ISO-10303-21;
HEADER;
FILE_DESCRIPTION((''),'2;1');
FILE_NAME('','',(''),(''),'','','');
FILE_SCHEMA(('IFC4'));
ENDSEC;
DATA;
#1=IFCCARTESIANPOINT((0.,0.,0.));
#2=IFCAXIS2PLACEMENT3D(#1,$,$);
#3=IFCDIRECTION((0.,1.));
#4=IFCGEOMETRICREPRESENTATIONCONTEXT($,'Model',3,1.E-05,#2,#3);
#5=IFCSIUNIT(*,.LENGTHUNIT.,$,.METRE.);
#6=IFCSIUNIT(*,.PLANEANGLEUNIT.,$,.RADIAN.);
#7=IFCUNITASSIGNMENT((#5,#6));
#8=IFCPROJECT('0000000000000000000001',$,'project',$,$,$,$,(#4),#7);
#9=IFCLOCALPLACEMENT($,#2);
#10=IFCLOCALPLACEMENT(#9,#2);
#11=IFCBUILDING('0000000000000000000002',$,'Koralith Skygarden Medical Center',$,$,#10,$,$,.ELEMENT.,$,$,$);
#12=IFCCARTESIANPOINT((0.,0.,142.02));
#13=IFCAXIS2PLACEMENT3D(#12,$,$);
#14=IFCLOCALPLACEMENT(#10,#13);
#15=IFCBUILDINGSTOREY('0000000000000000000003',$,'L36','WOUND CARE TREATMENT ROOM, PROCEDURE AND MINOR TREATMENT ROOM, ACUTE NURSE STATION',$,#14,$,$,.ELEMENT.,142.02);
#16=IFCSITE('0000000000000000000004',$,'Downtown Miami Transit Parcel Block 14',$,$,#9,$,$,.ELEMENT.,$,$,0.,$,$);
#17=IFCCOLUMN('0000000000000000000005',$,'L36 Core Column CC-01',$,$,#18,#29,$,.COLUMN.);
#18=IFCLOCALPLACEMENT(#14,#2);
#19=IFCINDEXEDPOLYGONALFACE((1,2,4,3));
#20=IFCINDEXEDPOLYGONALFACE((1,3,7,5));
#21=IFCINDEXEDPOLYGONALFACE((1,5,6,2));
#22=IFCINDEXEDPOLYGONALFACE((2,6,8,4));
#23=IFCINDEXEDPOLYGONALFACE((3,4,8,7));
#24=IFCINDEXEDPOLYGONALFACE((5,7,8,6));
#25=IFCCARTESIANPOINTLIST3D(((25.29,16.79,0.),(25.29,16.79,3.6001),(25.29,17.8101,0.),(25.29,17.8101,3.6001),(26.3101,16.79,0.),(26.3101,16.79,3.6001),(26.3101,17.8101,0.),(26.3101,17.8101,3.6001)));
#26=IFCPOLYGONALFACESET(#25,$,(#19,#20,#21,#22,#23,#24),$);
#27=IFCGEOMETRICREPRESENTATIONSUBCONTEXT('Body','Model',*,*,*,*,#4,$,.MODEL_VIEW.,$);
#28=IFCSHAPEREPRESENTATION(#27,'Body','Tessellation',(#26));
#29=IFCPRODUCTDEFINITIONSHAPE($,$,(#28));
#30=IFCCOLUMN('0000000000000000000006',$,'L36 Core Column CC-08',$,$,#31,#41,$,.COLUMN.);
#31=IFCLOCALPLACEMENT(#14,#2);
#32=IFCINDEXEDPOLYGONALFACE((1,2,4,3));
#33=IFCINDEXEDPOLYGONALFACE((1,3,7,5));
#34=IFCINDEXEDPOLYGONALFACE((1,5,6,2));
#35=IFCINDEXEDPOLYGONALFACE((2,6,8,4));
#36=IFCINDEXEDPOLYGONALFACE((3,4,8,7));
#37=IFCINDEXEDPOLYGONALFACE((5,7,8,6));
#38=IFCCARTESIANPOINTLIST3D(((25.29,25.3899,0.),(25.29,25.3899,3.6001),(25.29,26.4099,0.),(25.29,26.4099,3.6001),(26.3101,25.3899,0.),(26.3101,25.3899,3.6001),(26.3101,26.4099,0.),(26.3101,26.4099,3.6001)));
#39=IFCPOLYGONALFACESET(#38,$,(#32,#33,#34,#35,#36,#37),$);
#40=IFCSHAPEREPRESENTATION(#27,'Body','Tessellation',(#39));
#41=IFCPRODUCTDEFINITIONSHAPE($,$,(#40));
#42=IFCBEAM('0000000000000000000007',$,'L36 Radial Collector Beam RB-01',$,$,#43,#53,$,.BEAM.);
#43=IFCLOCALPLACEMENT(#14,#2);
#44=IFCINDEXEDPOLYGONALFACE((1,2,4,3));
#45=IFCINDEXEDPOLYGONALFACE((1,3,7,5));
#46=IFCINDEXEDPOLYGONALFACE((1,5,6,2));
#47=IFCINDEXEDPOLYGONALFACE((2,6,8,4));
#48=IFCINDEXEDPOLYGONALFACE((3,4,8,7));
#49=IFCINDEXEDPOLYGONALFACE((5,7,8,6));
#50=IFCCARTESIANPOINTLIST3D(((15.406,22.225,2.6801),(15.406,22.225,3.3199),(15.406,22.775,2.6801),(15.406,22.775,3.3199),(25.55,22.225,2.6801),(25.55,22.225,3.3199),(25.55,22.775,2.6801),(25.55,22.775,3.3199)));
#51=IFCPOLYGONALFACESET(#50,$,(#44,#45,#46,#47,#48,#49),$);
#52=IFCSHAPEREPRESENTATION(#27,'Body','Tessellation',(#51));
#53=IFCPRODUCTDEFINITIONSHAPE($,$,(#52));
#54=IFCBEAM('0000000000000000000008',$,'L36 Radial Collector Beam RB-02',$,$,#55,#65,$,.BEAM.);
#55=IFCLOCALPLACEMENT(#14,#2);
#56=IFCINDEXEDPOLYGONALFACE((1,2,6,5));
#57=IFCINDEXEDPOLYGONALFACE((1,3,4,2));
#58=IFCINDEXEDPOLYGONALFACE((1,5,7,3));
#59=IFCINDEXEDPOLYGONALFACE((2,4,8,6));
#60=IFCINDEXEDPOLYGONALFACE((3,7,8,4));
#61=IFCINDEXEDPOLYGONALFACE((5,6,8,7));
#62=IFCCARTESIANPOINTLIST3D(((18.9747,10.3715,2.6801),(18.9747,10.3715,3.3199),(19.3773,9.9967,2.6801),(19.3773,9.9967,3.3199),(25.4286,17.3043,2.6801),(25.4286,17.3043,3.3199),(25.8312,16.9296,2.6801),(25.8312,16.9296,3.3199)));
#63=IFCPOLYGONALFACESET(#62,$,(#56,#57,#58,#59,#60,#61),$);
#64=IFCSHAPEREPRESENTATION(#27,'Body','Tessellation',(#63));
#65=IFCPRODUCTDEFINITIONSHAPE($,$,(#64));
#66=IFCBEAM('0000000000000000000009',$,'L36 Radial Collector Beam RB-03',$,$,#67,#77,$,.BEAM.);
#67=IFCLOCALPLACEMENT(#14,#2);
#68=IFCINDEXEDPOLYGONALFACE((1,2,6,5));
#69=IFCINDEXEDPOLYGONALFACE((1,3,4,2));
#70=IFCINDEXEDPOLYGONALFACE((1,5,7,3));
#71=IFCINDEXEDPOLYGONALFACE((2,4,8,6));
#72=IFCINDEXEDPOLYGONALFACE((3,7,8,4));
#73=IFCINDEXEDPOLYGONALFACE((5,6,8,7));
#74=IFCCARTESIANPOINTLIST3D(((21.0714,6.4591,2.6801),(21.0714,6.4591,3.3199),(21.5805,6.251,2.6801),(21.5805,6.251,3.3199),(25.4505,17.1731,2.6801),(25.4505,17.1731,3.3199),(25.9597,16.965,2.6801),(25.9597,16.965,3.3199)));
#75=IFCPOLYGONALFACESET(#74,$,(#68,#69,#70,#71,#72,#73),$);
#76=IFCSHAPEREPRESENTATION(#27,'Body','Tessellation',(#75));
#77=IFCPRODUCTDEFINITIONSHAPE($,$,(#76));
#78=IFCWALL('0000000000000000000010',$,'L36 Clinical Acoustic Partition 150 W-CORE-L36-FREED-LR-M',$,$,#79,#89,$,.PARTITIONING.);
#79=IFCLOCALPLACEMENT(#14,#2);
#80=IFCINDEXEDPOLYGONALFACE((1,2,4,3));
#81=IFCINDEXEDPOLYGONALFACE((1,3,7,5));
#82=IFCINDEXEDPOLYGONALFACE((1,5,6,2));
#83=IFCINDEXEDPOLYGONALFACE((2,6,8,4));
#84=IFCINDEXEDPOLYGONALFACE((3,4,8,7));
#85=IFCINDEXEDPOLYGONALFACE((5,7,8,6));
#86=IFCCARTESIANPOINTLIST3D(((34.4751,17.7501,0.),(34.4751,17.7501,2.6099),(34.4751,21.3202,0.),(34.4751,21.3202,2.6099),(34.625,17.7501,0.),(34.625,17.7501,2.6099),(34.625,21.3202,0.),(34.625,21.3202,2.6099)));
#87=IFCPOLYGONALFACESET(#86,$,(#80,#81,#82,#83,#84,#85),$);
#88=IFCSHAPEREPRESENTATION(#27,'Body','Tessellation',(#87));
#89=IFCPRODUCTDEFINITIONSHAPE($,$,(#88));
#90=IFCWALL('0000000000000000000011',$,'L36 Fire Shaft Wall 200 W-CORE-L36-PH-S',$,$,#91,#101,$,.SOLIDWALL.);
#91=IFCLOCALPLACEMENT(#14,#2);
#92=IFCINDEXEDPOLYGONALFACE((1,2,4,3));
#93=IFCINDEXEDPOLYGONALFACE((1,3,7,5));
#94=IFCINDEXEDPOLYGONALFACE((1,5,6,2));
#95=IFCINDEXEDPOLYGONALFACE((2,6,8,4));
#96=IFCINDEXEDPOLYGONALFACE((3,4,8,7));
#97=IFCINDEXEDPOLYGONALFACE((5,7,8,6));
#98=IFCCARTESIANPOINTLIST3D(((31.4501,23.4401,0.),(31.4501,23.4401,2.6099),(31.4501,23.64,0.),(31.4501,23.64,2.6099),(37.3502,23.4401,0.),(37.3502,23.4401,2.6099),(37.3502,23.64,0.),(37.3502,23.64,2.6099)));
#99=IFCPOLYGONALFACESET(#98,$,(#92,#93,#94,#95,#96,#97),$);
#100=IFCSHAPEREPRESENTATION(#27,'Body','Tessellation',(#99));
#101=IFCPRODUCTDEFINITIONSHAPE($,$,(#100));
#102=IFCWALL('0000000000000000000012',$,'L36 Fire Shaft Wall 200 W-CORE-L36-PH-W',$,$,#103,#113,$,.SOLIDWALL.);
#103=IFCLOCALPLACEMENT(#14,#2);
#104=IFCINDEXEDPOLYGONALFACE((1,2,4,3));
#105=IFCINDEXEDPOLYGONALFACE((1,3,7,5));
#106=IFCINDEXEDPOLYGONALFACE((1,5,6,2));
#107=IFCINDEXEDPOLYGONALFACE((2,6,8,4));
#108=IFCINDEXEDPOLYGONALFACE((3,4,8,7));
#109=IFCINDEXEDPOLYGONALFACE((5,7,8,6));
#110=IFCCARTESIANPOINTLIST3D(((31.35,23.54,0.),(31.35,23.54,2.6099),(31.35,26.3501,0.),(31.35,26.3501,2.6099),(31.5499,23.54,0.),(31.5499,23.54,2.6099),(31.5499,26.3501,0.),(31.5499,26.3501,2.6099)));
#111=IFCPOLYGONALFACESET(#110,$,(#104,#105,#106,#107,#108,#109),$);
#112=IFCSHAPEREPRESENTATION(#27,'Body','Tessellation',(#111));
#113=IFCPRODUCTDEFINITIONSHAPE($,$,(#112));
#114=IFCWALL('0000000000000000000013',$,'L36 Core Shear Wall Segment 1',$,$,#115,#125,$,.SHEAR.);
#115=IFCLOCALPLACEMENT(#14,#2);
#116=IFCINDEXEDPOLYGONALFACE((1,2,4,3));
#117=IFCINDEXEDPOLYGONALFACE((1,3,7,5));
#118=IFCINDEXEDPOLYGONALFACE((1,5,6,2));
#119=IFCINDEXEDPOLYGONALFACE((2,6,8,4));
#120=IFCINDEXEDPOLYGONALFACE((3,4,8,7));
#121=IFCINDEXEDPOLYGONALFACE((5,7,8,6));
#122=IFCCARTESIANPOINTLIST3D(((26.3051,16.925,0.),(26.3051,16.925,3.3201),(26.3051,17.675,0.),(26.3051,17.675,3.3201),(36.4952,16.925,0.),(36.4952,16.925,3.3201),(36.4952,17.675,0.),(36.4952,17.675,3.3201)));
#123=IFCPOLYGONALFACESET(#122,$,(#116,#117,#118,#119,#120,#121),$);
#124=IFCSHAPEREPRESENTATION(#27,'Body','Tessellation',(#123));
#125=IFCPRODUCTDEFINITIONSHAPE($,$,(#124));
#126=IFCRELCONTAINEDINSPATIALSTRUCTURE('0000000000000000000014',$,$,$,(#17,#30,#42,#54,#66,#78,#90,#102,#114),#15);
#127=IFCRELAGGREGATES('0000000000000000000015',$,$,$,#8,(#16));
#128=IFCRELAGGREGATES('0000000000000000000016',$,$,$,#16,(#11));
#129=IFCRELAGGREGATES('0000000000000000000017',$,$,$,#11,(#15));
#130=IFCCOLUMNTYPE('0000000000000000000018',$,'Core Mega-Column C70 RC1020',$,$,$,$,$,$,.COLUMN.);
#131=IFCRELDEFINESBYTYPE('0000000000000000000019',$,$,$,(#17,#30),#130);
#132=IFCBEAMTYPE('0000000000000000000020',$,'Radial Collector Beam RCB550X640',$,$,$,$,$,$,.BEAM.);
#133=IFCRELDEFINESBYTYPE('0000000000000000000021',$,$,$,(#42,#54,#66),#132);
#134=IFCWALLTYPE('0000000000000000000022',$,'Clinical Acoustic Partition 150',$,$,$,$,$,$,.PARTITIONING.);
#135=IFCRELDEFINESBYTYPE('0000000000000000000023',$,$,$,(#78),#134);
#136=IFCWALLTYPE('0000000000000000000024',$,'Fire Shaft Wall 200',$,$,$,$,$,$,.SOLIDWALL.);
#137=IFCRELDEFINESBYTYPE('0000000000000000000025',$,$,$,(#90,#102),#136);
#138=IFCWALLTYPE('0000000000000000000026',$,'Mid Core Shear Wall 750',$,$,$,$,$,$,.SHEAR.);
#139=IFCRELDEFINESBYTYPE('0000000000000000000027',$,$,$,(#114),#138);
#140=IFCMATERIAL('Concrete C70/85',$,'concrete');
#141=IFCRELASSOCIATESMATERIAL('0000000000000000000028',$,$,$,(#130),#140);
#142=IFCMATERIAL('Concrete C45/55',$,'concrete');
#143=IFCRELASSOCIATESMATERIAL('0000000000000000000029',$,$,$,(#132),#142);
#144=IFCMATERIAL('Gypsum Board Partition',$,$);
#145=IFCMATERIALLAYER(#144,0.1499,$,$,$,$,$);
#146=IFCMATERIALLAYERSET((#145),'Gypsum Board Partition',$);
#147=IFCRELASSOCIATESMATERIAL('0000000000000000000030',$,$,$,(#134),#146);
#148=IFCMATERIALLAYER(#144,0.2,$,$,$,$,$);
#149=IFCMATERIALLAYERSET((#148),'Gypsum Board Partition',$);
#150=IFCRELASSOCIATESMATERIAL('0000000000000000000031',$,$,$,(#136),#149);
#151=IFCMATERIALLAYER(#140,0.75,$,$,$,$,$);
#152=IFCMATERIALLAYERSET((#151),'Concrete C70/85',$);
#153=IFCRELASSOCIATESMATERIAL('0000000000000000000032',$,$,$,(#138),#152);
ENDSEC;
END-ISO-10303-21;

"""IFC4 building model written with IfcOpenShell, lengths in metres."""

from ifc_helpers import new_model, si_unit, direction, frame, frame_2d, origin, origin_2d, place, context, subcontext, project, spatial, rectangle, extrude, material, layer, layer_set, material_profile, profile_set, type_object, element, save


model = new_model("IFC4")

# Units and contexts
model_context = context("Model", 3, precision=1e-05, world=origin(), true_north=direction((0.0, 1.0)))
body_context = subcontext(model_context, "Body", "Model", "MODEL_VIEW")
ifc_project = project(units=[si_unit("LENGTHUNIT", "METRE"), si_unit("PLANEANGLEUNIT", "RADIAN")], contexts=[model_context])

# Site, building, storey
site_placement = place(None, origin())
site = spatial("IfcSite", under=ifc_project, at=site_placement, Name="Downtown Miami Transit Parcel Block 14", CompositionType="ELEMENT", RefElevation=0.0)
building_placement = place(site_placement, origin())
building = spatial("IfcBuilding", under=site, at=building_placement, Name="Koralith Skygarden Medical Center", CompositionType="ELEMENT")
storey_placement = place(building_placement, frame((0.0, 0.0, 142.02)))
storey = spatial("IfcBuildingStorey", under=building, at=storey_placement, Name="L36", Description="WOUND CARE TREATMENT ROOM, PROCEDURE AND MINOR TREATMENT ROOM, ACUTE NURSE STATION", CompositionType="ELEMENT", Elevation=142.02)

# Columns
ifc_material_1 = material(Name="Concrete C70/85", Category="concrete")
ifc_material_profile_1 = material_profile(ifc_material_1, rectangle(XDim=1.02, YDim=1.02, at=origin_2d()), Name="RC1020X1020")
ifc_profile_set_1 = profile_set([ifc_material_profile_1], Name="Concrete C70/85")
column_type = type_object("IfcColumnType", Name="Core Mega-Column C70 RC1020", PredefinedType="COLUMN", material=ifc_profile_set_1)
for number, where, z_axis, x_axis, name in (
    (1, (25.8, 17.3, 0.0), (0.0, 0.0, 1.0), (1.0, 0.0, 0.0), "L36 Core Column CC-01"),
    (2, (25.8, 25.8999, 0.0), (0.0, 0.0, 1.0), (1.0, 0.0, 0.0), "L36 Core Column CC-08"),
):
    element("IfcColumn", number, at=place(storey_placement, frame(where, z_axis=z_axis, x_axis=x_axis)), inside=storey, type_object=column_type, Name=name, PredefinedType="COLUMN", context=body_context, shape_type="SweptSolid", body=[
        extrude(rectangle(XDim=1.02, YDim=1.02, at=origin_2d()), origin(), (0.0, 0.0, 1.0), 3.6001),
    ])

# Beams
ifc_material_2 = material(Name="Concrete C45/55", Category="concrete")
ifc_material_profile_2 = material_profile(ifc_material_2, rectangle(XDim=0.55, YDim=0.6399, at=origin_2d()), Name="RCB550X640")
ifc_profile_set_2 = profile_set([ifc_material_profile_2], Name="Concrete C45/55")
beam_type = type_object("IfcBeamType", Name="Radial Collector Beam RCB550X640", PredefinedType="BEAM", material=ifc_profile_set_2)
beam_1_placement = place(storey_placement, frame((25.55, 22.5, 3.0), z_axis=(-1.0, 0.0, 0.0), x_axis=(0.0, -1.0, 0.0)))
element("IfcBeam", 3, at=beam_1_placement, inside=storey, type_object=beam_type, Name="L36 Radial Collector Beam RB-01", PredefinedType="BEAM", context=body_context, shape_type="SweptSolid", body=[
    extrude(rectangle(XDim=0.55, YDim=0.6399, at=origin_2d()), origin(), (0.0, 0.0, 1.0), 10.144),
])
beam_2_placement = place(storey_placement, frame((25.6299, 17.1169, 3.0), z_axis=(-0.681369, -0.73194, 0.0), x_axis=(0.73194, -0.681369, 0.0)))
element("IfcBeam", 4, at=beam_2_placement, inside=storey, type_object=beam_type, Name="L36 Radial Collector Beam RB-02", PredefinedType="BEAM", context=body_context, shape_type="SweptSolid", body=[
    extrude(rectangle(XDim=0.55, YDim=0.6399, at=origin_2d()), origin(), (0.0, 0.0, 1.0), 9.4719),
])
beam_3_placement = place(storey_placement, frame((25.7051, 17.0691, 3.0), z_axis=(-0.378345, -0.925665, 0.0), x_axis=(0.925665, -0.378345, 0.0)))
element("IfcBeam", 5, at=beam_3_placement, inside=storey, type_object=beam_type, Name="L36 Radial Collector Beam RB-03", PredefinedType="BEAM", context=body_context, shape_type="SweptSolid", body=[
    extrude(rectangle(XDim=0.55, YDim=0.6399, at=origin_2d()), origin(), (0.0, 0.0, 1.0), 11.5745),
])

# Shared definitions
ifc_material_3 = material(Name="Gypsum Board Partition")
ifc_layer_1 = layer(ifc_material_3, 0.1499)
ifc_layer_set_1 = layer_set([ifc_layer_1], Name="Gypsum Board Partition")
wall_type_1 = type_object("IfcWallType", Name="Clinical Acoustic Partition 150", PredefinedType="PARTITIONING", material=ifc_layer_set_1)

# Wall
wall_1_placement = place(storey_placement, frame((34.55, 17.75, 0.0), z_axis=(0.0, 0.0, 1.0), x_axis=(0.0, 1.0, 0.0)))
element("IfcWall", 6, at=wall_1_placement, inside=storey, type_object=wall_type_1, Name="L36 Clinical Acoustic Partition 150 W-CORE-L36-FREED-LR-M", PredefinedType="PARTITIONING", context=body_context, shape_type="SweptSolid", body=[
    extrude(rectangle(XDim=3.5701, YDim=0.1499, at=frame_2d((1.7852, 0.0))), origin(), (0.0, 0.0, 1.0), 2.6099),
])

# Shared definitions
ifc_layer_2 = layer(ifc_material_3, 0.2)
ifc_layer_set_2 = layer_set([ifc_layer_2], Name="Gypsum Board Partition")
wall_type_2 = type_object("IfcWallType", Name="Fire Shaft Wall 200", PredefinedType="SOLIDWALL", material=ifc_layer_set_2)

# Walls
wall_2_placement = place(storey_placement, frame((31.45, 23.54, 0.0), z_axis=(0.0, 0.0, 1.0), x_axis=(1.0, 0.0, 0.0)))
element("IfcWall", 7, at=wall_2_placement, inside=storey, type_object=wall_type_2, Name="L36 Fire Shaft Wall 200 W-CORE-L36-PH-S", PredefinedType="SOLIDWALL", context=body_context, shape_type="SweptSolid", body=[
    extrude(rectangle(XDim=5.9001, YDim=0.2, at=frame_2d((2.9502, 0.0))), origin(), (0.0, 0.0, 1.0), 2.6099),
])
wall_3_placement = place(storey_placement, frame((31.45, 23.54, 0.0), z_axis=(0.0, 0.0, 1.0), x_axis=(0.0, 1.0, 0.0)))
element("IfcWall", 8, at=wall_3_placement, inside=storey, type_object=wall_type_2, Name="L36 Fire Shaft Wall 200 W-CORE-L36-PH-W", PredefinedType="SOLIDWALL", context=body_context, shape_type="SweptSolid", body=[
    extrude(rectangle(XDim=2.8101, YDim=0.2, at=frame_2d((1.405, 0.0))), origin(), (0.0, 0.0, 1.0), 2.6099),
])
ifc_layer_3 = layer(ifc_material_1, 0.75)
ifc_layer_set_3 = layer_set([ifc_layer_3], Name="Concrete C70/85")
wall_type_3 = type_object("IfcWallType", Name="Mid Core Shear Wall 750", PredefinedType="SHEAR", material=ifc_layer_set_3)
wall_4_placement = place(storey_placement, frame((26.3049, 17.3, 0.0), z_axis=(0.0, 0.0, 1.0), x_axis=(1.0, 0.0, 0.0)))
element("IfcWall", 9, at=wall_4_placement, inside=storey, type_object=wall_type_3, Name="L36 Core Shear Wall Segment 1", PredefinedType="SHEAR", context=body_context, shape_type="SweptSolid", body=[
    extrude(rectangle(XDim=10.1902, YDim=0.75, at=frame_2d((5.0952, 0.0))), origin(), (0.0, 0.0, 1.0), 3.3201),
])

save(model, "model.ifc")
